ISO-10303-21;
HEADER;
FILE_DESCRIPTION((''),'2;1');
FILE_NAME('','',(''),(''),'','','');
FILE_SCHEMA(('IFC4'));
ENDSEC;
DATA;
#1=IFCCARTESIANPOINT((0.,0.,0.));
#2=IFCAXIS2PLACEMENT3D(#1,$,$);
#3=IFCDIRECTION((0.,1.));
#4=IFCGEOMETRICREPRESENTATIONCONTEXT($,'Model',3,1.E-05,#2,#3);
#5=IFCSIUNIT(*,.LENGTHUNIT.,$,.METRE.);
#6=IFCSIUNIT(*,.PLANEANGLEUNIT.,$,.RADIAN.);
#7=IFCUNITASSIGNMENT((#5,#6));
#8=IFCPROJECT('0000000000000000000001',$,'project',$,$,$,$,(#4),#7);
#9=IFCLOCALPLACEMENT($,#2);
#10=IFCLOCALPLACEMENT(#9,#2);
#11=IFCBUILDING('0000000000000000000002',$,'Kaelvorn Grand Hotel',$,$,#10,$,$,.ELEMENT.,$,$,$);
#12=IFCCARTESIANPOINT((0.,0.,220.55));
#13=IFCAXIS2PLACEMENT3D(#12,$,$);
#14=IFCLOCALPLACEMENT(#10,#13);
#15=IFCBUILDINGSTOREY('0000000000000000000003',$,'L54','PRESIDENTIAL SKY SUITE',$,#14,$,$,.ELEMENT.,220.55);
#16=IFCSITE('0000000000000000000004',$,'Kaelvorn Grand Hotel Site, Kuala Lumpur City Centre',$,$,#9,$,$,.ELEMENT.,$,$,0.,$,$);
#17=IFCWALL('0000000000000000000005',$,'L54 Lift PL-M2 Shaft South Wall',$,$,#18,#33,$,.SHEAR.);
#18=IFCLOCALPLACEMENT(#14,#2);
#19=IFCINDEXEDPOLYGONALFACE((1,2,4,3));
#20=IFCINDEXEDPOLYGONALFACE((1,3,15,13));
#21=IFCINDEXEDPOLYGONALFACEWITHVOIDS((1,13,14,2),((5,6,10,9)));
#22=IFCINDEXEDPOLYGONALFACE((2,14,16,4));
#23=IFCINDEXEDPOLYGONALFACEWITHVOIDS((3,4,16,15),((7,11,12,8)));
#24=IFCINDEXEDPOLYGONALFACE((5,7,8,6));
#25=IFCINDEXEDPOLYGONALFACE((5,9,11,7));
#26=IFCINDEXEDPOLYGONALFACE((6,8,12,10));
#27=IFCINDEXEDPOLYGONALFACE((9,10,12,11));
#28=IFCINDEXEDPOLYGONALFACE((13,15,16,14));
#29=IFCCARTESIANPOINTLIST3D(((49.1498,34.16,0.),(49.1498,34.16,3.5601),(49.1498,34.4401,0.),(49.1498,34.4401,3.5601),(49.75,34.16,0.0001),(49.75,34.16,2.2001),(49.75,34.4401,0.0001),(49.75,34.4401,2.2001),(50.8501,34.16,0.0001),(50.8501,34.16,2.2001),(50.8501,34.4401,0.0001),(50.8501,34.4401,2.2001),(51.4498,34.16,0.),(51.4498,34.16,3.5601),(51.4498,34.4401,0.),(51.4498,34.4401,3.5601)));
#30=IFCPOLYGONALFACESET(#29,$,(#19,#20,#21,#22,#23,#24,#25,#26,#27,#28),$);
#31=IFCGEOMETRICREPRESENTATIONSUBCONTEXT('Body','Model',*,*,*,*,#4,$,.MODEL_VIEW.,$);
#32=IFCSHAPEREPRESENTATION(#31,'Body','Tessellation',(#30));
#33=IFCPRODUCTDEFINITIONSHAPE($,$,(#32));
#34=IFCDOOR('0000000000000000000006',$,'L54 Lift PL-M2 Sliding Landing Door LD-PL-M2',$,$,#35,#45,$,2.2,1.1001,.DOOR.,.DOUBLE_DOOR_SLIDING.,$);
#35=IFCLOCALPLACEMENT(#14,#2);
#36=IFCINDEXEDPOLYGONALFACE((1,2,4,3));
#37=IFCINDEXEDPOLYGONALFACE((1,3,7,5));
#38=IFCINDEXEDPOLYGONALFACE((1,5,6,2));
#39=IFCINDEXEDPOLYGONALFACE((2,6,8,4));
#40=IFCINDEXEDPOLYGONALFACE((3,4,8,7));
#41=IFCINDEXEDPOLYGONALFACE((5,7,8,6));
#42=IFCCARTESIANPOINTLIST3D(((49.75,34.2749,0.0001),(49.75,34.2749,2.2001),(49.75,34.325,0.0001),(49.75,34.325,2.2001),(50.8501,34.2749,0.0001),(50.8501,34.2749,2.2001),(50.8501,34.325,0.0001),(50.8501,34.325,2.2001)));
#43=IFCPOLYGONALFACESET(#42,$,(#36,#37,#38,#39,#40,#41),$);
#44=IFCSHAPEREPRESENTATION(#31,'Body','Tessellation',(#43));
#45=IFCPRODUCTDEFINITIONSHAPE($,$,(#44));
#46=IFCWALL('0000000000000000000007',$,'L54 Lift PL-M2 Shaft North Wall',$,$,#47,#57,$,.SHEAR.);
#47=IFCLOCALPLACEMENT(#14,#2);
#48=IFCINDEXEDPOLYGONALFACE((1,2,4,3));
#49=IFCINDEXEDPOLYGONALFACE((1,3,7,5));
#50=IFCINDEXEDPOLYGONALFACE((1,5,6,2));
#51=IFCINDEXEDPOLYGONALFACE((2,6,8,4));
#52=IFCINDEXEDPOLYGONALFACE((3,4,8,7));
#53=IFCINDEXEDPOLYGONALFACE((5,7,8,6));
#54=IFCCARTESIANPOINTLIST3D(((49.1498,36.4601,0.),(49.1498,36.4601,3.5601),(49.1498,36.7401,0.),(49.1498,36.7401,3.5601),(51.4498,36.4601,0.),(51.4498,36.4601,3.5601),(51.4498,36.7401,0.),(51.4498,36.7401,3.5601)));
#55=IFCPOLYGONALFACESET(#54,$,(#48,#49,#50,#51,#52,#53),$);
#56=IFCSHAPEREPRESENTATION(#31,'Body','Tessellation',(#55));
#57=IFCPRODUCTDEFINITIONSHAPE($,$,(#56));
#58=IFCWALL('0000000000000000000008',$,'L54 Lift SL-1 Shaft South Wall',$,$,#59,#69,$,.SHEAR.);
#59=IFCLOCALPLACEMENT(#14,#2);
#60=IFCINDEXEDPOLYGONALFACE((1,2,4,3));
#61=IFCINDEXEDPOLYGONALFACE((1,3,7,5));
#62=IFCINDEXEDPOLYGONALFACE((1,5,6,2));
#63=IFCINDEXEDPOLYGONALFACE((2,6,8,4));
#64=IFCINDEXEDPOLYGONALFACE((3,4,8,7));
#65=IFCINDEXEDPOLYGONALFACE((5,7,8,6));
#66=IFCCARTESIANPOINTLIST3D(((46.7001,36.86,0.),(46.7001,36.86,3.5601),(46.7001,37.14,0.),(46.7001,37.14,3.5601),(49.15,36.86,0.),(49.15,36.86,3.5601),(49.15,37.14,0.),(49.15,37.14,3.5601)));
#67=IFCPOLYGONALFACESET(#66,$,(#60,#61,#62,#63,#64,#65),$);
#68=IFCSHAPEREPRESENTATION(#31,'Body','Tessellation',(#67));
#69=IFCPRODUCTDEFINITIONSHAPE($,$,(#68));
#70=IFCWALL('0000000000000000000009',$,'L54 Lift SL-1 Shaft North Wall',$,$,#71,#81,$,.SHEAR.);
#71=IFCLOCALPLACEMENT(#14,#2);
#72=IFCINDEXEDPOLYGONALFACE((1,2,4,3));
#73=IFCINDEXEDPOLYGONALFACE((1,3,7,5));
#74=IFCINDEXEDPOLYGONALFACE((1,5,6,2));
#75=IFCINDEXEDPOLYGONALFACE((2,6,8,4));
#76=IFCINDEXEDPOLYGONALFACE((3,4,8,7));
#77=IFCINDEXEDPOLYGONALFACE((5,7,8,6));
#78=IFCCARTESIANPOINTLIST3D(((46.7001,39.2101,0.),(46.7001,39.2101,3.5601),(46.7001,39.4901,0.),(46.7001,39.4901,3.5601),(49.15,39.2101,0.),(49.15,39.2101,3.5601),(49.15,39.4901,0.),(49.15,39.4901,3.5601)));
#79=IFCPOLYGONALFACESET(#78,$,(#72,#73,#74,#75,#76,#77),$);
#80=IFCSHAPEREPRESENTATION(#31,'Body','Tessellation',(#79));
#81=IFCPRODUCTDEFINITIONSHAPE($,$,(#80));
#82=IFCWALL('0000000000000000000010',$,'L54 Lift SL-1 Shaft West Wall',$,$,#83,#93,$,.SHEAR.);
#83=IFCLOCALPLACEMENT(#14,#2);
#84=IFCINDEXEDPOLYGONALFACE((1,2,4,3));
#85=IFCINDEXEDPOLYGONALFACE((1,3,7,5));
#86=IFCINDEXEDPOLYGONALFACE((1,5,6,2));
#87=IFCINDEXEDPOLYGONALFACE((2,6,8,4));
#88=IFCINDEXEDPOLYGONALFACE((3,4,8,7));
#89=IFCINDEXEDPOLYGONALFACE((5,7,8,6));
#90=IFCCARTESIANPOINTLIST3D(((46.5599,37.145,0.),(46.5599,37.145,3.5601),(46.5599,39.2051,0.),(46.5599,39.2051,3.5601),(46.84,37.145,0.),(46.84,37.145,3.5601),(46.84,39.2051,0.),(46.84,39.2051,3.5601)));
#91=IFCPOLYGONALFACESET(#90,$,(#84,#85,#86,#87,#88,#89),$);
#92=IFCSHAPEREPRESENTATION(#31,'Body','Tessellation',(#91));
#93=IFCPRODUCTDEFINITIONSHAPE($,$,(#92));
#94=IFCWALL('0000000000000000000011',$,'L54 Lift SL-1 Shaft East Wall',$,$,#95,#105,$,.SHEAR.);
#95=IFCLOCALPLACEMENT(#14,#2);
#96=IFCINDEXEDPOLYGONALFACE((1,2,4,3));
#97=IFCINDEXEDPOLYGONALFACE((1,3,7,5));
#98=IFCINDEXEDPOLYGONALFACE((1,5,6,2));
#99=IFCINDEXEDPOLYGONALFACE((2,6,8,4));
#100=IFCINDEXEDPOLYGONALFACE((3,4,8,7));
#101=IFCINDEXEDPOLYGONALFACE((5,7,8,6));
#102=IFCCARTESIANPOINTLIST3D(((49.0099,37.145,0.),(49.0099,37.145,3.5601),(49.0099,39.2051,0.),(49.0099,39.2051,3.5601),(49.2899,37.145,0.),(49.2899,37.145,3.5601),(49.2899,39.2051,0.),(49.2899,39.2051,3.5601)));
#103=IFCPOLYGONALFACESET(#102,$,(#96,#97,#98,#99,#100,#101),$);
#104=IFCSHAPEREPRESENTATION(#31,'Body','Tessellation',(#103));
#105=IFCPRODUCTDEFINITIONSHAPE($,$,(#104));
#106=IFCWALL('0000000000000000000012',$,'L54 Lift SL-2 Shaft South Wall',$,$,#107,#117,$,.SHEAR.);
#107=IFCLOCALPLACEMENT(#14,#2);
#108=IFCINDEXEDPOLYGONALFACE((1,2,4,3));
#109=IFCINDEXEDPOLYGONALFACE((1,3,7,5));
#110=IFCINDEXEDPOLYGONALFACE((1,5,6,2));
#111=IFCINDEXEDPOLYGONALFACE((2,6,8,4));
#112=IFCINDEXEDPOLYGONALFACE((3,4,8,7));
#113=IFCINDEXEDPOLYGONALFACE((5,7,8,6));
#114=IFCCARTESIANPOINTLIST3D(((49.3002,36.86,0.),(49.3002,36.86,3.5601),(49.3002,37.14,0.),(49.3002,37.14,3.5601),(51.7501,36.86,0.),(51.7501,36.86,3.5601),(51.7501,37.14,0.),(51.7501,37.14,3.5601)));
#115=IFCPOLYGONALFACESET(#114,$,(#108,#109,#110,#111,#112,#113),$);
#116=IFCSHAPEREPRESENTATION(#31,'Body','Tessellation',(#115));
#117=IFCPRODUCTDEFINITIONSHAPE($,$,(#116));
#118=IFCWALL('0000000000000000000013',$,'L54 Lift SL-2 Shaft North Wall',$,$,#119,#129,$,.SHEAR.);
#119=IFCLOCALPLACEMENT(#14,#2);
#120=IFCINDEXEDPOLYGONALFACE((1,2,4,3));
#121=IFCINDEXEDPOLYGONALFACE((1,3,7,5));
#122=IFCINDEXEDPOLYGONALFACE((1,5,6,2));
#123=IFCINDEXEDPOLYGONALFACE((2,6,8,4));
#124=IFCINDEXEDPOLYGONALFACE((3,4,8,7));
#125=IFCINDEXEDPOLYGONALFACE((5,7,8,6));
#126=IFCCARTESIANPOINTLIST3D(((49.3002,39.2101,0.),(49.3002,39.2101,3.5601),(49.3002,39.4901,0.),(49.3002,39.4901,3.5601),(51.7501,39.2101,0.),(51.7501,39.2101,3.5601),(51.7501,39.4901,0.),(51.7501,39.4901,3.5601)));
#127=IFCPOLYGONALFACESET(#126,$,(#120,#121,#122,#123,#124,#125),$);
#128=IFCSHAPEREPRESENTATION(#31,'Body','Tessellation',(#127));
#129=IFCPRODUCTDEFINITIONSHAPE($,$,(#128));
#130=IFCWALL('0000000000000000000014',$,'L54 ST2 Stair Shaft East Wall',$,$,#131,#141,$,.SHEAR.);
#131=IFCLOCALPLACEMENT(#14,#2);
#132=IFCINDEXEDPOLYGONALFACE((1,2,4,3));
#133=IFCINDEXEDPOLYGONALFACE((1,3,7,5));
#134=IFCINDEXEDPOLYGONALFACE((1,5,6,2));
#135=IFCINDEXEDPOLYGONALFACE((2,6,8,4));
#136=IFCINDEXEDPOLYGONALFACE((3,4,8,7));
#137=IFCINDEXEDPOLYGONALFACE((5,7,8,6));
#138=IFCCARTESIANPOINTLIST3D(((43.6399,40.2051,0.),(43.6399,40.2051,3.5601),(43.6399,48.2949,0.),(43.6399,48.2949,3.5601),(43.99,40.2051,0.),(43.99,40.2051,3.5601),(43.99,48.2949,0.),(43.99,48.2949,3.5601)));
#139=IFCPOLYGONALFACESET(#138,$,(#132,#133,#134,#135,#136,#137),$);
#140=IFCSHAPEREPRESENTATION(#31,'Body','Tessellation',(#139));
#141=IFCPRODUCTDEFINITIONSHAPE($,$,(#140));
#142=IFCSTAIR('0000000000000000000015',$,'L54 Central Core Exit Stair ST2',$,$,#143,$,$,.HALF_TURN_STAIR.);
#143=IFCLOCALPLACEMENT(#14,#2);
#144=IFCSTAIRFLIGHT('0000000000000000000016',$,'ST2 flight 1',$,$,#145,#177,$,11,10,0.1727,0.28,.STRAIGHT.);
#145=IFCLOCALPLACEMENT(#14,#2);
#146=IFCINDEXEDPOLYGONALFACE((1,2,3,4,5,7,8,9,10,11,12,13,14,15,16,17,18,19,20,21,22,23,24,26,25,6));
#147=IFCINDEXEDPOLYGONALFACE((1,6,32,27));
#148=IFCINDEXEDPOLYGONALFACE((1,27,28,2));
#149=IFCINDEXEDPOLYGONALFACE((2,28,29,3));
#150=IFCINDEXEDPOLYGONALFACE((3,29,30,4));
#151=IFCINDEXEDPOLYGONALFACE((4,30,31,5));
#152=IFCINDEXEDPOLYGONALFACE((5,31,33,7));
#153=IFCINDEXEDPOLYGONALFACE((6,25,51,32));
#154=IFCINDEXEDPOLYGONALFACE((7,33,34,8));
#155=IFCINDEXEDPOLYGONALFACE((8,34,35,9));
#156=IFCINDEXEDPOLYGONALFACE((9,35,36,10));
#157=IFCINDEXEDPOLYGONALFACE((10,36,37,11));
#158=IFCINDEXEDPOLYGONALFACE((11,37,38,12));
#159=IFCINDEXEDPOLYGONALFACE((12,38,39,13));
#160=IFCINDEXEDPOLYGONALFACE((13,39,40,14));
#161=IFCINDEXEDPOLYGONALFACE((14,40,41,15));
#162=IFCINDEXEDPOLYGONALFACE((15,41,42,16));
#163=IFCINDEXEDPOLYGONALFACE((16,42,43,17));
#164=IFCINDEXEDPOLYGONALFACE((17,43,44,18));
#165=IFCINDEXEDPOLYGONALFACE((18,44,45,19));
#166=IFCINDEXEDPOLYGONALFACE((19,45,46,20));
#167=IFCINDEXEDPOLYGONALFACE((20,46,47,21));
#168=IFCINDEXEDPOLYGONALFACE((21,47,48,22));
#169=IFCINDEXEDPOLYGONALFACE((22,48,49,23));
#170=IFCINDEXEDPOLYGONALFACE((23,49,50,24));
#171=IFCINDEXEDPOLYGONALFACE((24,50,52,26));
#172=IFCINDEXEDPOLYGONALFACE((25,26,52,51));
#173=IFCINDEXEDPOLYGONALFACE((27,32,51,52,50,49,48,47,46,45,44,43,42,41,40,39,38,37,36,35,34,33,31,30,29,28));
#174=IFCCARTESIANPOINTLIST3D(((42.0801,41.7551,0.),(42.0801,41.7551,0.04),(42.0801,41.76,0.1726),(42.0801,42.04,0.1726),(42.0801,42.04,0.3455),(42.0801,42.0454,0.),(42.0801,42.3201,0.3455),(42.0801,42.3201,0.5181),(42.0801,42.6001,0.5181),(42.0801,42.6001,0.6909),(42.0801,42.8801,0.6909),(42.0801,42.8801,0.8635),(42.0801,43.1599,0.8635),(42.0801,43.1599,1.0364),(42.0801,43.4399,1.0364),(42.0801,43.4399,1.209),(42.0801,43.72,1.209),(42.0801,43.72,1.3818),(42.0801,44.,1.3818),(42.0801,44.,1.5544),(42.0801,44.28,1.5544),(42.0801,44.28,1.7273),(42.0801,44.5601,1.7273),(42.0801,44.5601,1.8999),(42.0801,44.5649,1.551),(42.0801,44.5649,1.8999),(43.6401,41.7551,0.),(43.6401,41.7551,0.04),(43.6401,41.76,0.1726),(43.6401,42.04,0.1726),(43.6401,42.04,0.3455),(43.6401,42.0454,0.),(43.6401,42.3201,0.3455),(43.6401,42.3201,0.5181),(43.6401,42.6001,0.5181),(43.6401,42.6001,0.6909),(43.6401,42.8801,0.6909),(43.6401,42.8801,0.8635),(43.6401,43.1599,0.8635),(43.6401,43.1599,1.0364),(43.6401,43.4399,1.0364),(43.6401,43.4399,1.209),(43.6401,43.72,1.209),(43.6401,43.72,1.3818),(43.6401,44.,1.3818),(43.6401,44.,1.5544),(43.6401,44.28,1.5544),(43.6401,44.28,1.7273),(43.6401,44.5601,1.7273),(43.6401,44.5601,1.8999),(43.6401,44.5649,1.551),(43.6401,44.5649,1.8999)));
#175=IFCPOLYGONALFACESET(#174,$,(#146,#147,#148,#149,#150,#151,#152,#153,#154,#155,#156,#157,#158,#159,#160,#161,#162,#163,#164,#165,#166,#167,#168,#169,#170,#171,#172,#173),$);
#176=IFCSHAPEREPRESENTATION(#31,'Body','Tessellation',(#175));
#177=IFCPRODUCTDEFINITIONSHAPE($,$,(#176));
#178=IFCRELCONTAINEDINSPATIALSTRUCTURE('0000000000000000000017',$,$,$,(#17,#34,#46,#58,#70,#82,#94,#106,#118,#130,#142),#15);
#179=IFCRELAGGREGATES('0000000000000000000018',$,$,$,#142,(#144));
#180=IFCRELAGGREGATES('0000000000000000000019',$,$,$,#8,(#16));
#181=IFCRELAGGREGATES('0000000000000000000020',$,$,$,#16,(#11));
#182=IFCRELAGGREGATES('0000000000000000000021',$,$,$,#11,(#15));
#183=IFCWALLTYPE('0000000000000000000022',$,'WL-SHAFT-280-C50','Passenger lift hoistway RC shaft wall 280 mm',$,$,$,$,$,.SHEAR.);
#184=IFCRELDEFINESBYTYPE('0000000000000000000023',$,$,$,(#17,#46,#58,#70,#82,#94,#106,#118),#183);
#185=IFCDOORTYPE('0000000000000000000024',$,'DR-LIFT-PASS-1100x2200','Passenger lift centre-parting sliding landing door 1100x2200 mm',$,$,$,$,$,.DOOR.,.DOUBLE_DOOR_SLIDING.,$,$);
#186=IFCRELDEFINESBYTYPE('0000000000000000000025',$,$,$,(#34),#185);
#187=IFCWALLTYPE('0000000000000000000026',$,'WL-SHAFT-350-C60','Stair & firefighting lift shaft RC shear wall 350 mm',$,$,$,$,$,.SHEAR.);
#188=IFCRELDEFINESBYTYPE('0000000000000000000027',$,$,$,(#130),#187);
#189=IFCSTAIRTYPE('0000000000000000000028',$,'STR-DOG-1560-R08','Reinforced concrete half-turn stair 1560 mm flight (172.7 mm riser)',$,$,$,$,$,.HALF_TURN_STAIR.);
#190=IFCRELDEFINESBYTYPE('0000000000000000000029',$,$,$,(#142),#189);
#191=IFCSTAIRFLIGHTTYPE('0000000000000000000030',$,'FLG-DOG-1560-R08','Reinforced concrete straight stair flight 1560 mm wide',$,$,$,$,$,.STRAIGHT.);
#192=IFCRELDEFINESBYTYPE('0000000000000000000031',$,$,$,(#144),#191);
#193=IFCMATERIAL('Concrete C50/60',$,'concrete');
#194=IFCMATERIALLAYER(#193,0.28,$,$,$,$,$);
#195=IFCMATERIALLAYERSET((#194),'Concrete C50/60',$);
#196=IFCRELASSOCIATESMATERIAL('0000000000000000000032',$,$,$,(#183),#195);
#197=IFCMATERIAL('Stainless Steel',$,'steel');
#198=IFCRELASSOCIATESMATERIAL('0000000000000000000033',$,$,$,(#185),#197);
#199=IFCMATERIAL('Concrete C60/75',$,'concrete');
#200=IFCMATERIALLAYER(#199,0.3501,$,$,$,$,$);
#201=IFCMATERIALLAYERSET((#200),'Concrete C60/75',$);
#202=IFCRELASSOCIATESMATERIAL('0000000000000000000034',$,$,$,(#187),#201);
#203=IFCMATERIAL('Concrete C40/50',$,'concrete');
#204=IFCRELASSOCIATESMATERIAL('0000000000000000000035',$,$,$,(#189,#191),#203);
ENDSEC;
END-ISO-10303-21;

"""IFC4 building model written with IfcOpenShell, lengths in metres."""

from ifc_helpers import new_model, si_unit, direction, frame, frame_2d, origin, place, context, subcontext, project, spatial, polyline, rectangle, outline, extrude, material, layer, layer_set, type_object, element, fill, aggregate, save


model = new_model("IFC4")

# Units and contexts
model_context = context("Model", 3, precision=1e-05, world=origin(), true_north=direction((0.0, 1.0)))
body_context = subcontext(model_context, "Body", "Model", "MODEL_VIEW")
ifc_project = project(units=[si_unit("LENGTHUNIT", "METRE"), si_unit("PLANEANGLEUNIT", "RADIAN")], contexts=[model_context])

# Site, building, storey
site_placement = place(None, origin())
site = spatial("IfcSite", under=ifc_project, at=site_placement, Name="Kaelvorn Grand Hotel Site, Kuala Lumpur City Centre", CompositionType="ELEMENT", RefElevation=0.0)
building_placement = place(site_placement, origin())
building = spatial("IfcBuilding", under=site, at=building_placement, Name="Kaelvorn Grand Hotel", CompositionType="ELEMENT")
storey_placement = place(building_placement, frame((0.0, 0.0, 220.55)))
storey = spatial("IfcBuildingStorey", under=building, at=storey_placement, Name="L54", Description="PRESIDENTIAL SKY SUITE", CompositionType="ELEMENT", Elevation=220.55)

# Shared definitions
ifc_material_1 = material(Name="Concrete C60/75", Category="concrete")

# Shared definitions
ifc_material_2 = material(Name="Concrete C50/60", Category="concrete")

# Shared definitions
ifc_material_3 = material(Name="Concrete C40/50", Category="concrete")

# Shared definitions
ifc_layer_1 = layer(ifc_material_2, 0.28)
ifc_layer_set_1 = layer_set([ifc_layer_1], Name="Concrete C50/60")
wall_type_1 = type_object("IfcWallType", Name="WL-SHAFT-280-C50", Description="Passenger lift hoistway RC shaft wall 280 mm", PredefinedType="SHEAR", material=ifc_layer_set_1)
ifc_material_4 = material(Name="Stainless Steel", Category="steel")
door_type_1 = type_object("IfcDoorType", Name="DR-LIFT-PASS-1100x2200", Description="Passenger lift centre-parting sliding landing door 1100x2200 mm", OperationType="DOUBLE_DOOR_SLIDING", PredefinedType="DOOR", material=ifc_material_4)

# Wall, opening, door
wall_1_placement = place(storey_placement, frame((49.1499, 34.3, 0.0), z_axis=(0.0, 0.0, 1.0), x_axis=(1.0, 0.0, 0.0)))
wall_1 = element("IfcWall", 1, at=wall_1_placement, inside=storey, type_object=wall_type_1, Name="L54 Lift PL-M2 Shaft South Wall", PredefinedType="SHEAR", context=body_context, shape_type="SweptSolid", body=[
    extrude(rectangle(XDim=2.3, YDim=0.28, at=frame_2d((1.1499, 0.0))), origin(), (0.0, 0.0, 1.0), 3.5601),
])
opening_1_placement = place(wall_1_placement, frame((0.6001, 0.0, 0.0)))
opening_1 = element("IfcOpeningElement", 2, at=opening_1_placement, cuts=wall_1, PredefinedType="OPENING", context=body_context, shape_type="SweptSolid", body=[
    extrude(rectangle(XDim=1.1001, YDim=2.2, at=frame_2d((0.55, 1.1001))), frame((0.0, 0.1499, 0.0), z_axis=(0.0, -1.0, 0.0), x_axis=(1.0, 0.0, 0.0)), (0.0, 0.0, 1.0), 0.3),
])
door_1_placement = place(opening_1_placement, origin())
door_1 = element("IfcDoor", 3, at=door_1_placement, inside=storey, type_object=door_type_1, Name="L54 Lift PL-M2 Sliding Landing Door LD-PL-M2", OperationType="DOUBLE_DOOR_SLIDING", OverallHeight=2.2, OverallWidth=1.1001, PredefinedType="DOOR", context=body_context, shape_type="SweptSolid", body=[
    extrude(rectangle(XDim=1.1001, YDim=2.2, at=frame_2d((0.55, 1.1001))), frame((0.0, 0.0249, 0.0), z_axis=(0.0, -1.0, 0.0), x_axis=(1.0, 0.0, 0.0)), (0.0, 0.0, 1.0), 0.05),
])
fill(opening_1, door_1)

# Walls
wall_2_placement = place(storey_placement, frame((49.1499, 36.6001, 0.0), z_axis=(0.0, 0.0, 1.0), x_axis=(1.0, 0.0, 0.0)))
element("IfcWall", 4, at=wall_2_placement, inside=storey, type_object=wall_type_1, Name="L54 Lift PL-M2 Shaft North Wall", PredefinedType="SHEAR", context=body_context, shape_type="SweptSolid", body=[
    extrude(rectangle(XDim=2.3, YDim=0.28, at=frame_2d((1.1499, 0.0))), origin(), (0.0, 0.0, 1.0), 3.5601),
])
for number, where, z_axis, x_axis, name in (
    (5, (46.7, 37.0, 0.0), (0.0, 0.0, 1.0), (1.0, 0.0, 0.0), "L54 Lift SL-1 Shaft South Wall"),
    (6, (46.7, 39.3501, 0.0), (0.0, 0.0, 1.0), (1.0, 0.0, 0.0), "L54 Lift SL-1 Shaft North Wall"),
):
    element("IfcWall", number, at=place(storey_placement, frame(where, z_axis=z_axis, x_axis=x_axis)), inside=storey, type_object=wall_type_1, Name=name, PredefinedType="SHEAR", context=body_context, shape_type="SweptSolid", body=[
        extrude(rectangle(XDim=2.45, YDim=0.28, at=frame_2d((1.2251, 0.0))), origin(), (0.0, 0.0, 1.0), 3.5601),
    ])
for number, where, z_axis, x_axis, name in (
    (7, (46.7, 37.145, 0.0), (0.0, 0.0, 1.0), (0.0, 1.0, 0.0), "L54 Lift SL-1 Shaft West Wall"),
    (8, (49.1499, 37.145, 0.0), (0.0, 0.0, 1.0), (0.0, 1.0, 0.0), "L54 Lift SL-1 Shaft East Wall"),
):
    element("IfcWall", number, at=place(storey_placement, frame(where, z_axis=z_axis, x_axis=x_axis)), inside=storey, type_object=wall_type_1, Name=name, PredefinedType="SHEAR", context=body_context, shape_type="SweptSolid", body=[
        extrude(rectangle(XDim=2.0601, YDim=0.28, at=frame_2d((1.03, 0.0))), origin(), (0.0, 0.0, 1.0), 3.5601),
    ])
for number, where, z_axis, x_axis, name in (
    (9, (49.3, 37.0, 0.0), (0.0, 0.0, 1.0), (1.0, 0.0, 0.0), "L54 Lift SL-2 Shaft South Wall"),
    (10, (49.3, 39.3501, 0.0), (0.0, 0.0, 1.0), (1.0, 0.0, 0.0), "L54 Lift SL-2 Shaft North Wall"),
):
    element("IfcWall", number, at=place(storey_placement, frame(where, z_axis=z_axis, x_axis=x_axis)), inside=storey, type_object=wall_type_1, Name=name, PredefinedType="SHEAR", context=body_context, shape_type="SweptSolid", body=[
        extrude(rectangle(XDim=2.45, YDim=0.28, at=frame_2d((1.2251, 0.0))), origin(), (0.0, 0.0, 1.0), 3.5601),
    ])
ifc_layer_2 = layer(ifc_material_1, 0.3501)
ifc_layer_set_2 = layer_set([ifc_layer_2], Name="Concrete C60/75")
wall_type_2 = type_object("IfcWallType", Name="WL-SHAFT-350-C60", Description="Stair & firefighting lift shaft RC shear wall 350 mm", PredefinedType="SHEAR", material=ifc_layer_set_2)
wall_3_placement = place(storey_placement, frame((43.8149, 40.2051, 0.0), z_axis=(0.0, 0.0, 1.0), x_axis=(0.0, 1.0, 0.0)))
element("IfcWall", 11, at=wall_3_placement, inside=storey, type_object=wall_type_2, Name="L54 ST2 Stair Shaft East Wall", PredefinedType="SHEAR", context=body_context, shape_type="SweptSolid", body=[
    extrude(rectangle(XDim=8.0898, YDim=0.3501, at=frame_2d((4.0449, 0.0))), origin(), (0.0, 0.0, 1.0), 3.5601),
])

# Stair, stair flight
stair_type = type_object("IfcStairType", Name="STR-DOG-1560-R08", Description="Reinforced concrete half-turn stair 1560 mm flight (172.7 mm riser)", PredefinedType="HALF_TURN_STAIR", material=ifc_material_3)
stair_placement = place(storey_placement, origin())
stair = element("IfcStair", 12, at=stair_placement, inside=storey, type_object=stair_type, Name="L54 Central Core Exit Stair ST2", PredefinedType="HALF_TURN_STAIR")
stair_flight_type = type_object("IfcStairFlightType", Name="FLG-DOG-1560-R08", Description="Reinforced concrete straight stair flight 1560 mm wide", PredefinedType="STRAIGHT", material=ifc_material_3)
stair_flight_placement = place(storey_placement, frame((42.8601, 41.76, 0.0), z_axis=(0.0, 0.0, 1.0), x_axis=(0.0, 1.0, 0.0)))
stair_flight = element("IfcStairFlight", 13, at=stair_flight_placement, type_object=stair_flight_type, Name="ST2 flight 1", NumberOfRisers=11, NumberOfTreads=10, PredefinedType="STRAIGHT", RiserHeight=0.1727, TreadLength=0.28, context=body_context, shape_type="SweptSolid", body=[
    extrude(outline(polyline([(-0.0049, 0.0), (-0.0049, 0.04), (0.0, 0.1726), (0.28, 0.1726), (0.28, 0.3455), (0.5601, 0.3455), (0.5601, 0.5181), (0.8401, 0.5181), (0.8401, 0.6909), (1.1201, 0.6909), (1.1201, 0.8635), (1.3999, 0.8635), (1.3999, 1.0364), (1.6799, 1.0364), (1.6799, 1.209), (1.96, 1.209), (1.96, 1.3818), (2.24, 1.3818), (2.24, 1.5544), (2.52, 1.5544), (2.52, 1.7273), (2.8, 1.7273), (2.8, 1.8999), (2.8049, 1.8999), (2.8049, 1.551), (0.2854, 0.0), (-0.0049, 0.0)])), frame((0.0, 0.78, 0.0), z_axis=(0.0, -1.0, 0.0), x_axis=(1.0, 0.0, 0.0)), (0.0, 0.0, 1.0), 1.5601),
])
aggregate(stair, [stair_flight])

save(model, "model.ifc")
